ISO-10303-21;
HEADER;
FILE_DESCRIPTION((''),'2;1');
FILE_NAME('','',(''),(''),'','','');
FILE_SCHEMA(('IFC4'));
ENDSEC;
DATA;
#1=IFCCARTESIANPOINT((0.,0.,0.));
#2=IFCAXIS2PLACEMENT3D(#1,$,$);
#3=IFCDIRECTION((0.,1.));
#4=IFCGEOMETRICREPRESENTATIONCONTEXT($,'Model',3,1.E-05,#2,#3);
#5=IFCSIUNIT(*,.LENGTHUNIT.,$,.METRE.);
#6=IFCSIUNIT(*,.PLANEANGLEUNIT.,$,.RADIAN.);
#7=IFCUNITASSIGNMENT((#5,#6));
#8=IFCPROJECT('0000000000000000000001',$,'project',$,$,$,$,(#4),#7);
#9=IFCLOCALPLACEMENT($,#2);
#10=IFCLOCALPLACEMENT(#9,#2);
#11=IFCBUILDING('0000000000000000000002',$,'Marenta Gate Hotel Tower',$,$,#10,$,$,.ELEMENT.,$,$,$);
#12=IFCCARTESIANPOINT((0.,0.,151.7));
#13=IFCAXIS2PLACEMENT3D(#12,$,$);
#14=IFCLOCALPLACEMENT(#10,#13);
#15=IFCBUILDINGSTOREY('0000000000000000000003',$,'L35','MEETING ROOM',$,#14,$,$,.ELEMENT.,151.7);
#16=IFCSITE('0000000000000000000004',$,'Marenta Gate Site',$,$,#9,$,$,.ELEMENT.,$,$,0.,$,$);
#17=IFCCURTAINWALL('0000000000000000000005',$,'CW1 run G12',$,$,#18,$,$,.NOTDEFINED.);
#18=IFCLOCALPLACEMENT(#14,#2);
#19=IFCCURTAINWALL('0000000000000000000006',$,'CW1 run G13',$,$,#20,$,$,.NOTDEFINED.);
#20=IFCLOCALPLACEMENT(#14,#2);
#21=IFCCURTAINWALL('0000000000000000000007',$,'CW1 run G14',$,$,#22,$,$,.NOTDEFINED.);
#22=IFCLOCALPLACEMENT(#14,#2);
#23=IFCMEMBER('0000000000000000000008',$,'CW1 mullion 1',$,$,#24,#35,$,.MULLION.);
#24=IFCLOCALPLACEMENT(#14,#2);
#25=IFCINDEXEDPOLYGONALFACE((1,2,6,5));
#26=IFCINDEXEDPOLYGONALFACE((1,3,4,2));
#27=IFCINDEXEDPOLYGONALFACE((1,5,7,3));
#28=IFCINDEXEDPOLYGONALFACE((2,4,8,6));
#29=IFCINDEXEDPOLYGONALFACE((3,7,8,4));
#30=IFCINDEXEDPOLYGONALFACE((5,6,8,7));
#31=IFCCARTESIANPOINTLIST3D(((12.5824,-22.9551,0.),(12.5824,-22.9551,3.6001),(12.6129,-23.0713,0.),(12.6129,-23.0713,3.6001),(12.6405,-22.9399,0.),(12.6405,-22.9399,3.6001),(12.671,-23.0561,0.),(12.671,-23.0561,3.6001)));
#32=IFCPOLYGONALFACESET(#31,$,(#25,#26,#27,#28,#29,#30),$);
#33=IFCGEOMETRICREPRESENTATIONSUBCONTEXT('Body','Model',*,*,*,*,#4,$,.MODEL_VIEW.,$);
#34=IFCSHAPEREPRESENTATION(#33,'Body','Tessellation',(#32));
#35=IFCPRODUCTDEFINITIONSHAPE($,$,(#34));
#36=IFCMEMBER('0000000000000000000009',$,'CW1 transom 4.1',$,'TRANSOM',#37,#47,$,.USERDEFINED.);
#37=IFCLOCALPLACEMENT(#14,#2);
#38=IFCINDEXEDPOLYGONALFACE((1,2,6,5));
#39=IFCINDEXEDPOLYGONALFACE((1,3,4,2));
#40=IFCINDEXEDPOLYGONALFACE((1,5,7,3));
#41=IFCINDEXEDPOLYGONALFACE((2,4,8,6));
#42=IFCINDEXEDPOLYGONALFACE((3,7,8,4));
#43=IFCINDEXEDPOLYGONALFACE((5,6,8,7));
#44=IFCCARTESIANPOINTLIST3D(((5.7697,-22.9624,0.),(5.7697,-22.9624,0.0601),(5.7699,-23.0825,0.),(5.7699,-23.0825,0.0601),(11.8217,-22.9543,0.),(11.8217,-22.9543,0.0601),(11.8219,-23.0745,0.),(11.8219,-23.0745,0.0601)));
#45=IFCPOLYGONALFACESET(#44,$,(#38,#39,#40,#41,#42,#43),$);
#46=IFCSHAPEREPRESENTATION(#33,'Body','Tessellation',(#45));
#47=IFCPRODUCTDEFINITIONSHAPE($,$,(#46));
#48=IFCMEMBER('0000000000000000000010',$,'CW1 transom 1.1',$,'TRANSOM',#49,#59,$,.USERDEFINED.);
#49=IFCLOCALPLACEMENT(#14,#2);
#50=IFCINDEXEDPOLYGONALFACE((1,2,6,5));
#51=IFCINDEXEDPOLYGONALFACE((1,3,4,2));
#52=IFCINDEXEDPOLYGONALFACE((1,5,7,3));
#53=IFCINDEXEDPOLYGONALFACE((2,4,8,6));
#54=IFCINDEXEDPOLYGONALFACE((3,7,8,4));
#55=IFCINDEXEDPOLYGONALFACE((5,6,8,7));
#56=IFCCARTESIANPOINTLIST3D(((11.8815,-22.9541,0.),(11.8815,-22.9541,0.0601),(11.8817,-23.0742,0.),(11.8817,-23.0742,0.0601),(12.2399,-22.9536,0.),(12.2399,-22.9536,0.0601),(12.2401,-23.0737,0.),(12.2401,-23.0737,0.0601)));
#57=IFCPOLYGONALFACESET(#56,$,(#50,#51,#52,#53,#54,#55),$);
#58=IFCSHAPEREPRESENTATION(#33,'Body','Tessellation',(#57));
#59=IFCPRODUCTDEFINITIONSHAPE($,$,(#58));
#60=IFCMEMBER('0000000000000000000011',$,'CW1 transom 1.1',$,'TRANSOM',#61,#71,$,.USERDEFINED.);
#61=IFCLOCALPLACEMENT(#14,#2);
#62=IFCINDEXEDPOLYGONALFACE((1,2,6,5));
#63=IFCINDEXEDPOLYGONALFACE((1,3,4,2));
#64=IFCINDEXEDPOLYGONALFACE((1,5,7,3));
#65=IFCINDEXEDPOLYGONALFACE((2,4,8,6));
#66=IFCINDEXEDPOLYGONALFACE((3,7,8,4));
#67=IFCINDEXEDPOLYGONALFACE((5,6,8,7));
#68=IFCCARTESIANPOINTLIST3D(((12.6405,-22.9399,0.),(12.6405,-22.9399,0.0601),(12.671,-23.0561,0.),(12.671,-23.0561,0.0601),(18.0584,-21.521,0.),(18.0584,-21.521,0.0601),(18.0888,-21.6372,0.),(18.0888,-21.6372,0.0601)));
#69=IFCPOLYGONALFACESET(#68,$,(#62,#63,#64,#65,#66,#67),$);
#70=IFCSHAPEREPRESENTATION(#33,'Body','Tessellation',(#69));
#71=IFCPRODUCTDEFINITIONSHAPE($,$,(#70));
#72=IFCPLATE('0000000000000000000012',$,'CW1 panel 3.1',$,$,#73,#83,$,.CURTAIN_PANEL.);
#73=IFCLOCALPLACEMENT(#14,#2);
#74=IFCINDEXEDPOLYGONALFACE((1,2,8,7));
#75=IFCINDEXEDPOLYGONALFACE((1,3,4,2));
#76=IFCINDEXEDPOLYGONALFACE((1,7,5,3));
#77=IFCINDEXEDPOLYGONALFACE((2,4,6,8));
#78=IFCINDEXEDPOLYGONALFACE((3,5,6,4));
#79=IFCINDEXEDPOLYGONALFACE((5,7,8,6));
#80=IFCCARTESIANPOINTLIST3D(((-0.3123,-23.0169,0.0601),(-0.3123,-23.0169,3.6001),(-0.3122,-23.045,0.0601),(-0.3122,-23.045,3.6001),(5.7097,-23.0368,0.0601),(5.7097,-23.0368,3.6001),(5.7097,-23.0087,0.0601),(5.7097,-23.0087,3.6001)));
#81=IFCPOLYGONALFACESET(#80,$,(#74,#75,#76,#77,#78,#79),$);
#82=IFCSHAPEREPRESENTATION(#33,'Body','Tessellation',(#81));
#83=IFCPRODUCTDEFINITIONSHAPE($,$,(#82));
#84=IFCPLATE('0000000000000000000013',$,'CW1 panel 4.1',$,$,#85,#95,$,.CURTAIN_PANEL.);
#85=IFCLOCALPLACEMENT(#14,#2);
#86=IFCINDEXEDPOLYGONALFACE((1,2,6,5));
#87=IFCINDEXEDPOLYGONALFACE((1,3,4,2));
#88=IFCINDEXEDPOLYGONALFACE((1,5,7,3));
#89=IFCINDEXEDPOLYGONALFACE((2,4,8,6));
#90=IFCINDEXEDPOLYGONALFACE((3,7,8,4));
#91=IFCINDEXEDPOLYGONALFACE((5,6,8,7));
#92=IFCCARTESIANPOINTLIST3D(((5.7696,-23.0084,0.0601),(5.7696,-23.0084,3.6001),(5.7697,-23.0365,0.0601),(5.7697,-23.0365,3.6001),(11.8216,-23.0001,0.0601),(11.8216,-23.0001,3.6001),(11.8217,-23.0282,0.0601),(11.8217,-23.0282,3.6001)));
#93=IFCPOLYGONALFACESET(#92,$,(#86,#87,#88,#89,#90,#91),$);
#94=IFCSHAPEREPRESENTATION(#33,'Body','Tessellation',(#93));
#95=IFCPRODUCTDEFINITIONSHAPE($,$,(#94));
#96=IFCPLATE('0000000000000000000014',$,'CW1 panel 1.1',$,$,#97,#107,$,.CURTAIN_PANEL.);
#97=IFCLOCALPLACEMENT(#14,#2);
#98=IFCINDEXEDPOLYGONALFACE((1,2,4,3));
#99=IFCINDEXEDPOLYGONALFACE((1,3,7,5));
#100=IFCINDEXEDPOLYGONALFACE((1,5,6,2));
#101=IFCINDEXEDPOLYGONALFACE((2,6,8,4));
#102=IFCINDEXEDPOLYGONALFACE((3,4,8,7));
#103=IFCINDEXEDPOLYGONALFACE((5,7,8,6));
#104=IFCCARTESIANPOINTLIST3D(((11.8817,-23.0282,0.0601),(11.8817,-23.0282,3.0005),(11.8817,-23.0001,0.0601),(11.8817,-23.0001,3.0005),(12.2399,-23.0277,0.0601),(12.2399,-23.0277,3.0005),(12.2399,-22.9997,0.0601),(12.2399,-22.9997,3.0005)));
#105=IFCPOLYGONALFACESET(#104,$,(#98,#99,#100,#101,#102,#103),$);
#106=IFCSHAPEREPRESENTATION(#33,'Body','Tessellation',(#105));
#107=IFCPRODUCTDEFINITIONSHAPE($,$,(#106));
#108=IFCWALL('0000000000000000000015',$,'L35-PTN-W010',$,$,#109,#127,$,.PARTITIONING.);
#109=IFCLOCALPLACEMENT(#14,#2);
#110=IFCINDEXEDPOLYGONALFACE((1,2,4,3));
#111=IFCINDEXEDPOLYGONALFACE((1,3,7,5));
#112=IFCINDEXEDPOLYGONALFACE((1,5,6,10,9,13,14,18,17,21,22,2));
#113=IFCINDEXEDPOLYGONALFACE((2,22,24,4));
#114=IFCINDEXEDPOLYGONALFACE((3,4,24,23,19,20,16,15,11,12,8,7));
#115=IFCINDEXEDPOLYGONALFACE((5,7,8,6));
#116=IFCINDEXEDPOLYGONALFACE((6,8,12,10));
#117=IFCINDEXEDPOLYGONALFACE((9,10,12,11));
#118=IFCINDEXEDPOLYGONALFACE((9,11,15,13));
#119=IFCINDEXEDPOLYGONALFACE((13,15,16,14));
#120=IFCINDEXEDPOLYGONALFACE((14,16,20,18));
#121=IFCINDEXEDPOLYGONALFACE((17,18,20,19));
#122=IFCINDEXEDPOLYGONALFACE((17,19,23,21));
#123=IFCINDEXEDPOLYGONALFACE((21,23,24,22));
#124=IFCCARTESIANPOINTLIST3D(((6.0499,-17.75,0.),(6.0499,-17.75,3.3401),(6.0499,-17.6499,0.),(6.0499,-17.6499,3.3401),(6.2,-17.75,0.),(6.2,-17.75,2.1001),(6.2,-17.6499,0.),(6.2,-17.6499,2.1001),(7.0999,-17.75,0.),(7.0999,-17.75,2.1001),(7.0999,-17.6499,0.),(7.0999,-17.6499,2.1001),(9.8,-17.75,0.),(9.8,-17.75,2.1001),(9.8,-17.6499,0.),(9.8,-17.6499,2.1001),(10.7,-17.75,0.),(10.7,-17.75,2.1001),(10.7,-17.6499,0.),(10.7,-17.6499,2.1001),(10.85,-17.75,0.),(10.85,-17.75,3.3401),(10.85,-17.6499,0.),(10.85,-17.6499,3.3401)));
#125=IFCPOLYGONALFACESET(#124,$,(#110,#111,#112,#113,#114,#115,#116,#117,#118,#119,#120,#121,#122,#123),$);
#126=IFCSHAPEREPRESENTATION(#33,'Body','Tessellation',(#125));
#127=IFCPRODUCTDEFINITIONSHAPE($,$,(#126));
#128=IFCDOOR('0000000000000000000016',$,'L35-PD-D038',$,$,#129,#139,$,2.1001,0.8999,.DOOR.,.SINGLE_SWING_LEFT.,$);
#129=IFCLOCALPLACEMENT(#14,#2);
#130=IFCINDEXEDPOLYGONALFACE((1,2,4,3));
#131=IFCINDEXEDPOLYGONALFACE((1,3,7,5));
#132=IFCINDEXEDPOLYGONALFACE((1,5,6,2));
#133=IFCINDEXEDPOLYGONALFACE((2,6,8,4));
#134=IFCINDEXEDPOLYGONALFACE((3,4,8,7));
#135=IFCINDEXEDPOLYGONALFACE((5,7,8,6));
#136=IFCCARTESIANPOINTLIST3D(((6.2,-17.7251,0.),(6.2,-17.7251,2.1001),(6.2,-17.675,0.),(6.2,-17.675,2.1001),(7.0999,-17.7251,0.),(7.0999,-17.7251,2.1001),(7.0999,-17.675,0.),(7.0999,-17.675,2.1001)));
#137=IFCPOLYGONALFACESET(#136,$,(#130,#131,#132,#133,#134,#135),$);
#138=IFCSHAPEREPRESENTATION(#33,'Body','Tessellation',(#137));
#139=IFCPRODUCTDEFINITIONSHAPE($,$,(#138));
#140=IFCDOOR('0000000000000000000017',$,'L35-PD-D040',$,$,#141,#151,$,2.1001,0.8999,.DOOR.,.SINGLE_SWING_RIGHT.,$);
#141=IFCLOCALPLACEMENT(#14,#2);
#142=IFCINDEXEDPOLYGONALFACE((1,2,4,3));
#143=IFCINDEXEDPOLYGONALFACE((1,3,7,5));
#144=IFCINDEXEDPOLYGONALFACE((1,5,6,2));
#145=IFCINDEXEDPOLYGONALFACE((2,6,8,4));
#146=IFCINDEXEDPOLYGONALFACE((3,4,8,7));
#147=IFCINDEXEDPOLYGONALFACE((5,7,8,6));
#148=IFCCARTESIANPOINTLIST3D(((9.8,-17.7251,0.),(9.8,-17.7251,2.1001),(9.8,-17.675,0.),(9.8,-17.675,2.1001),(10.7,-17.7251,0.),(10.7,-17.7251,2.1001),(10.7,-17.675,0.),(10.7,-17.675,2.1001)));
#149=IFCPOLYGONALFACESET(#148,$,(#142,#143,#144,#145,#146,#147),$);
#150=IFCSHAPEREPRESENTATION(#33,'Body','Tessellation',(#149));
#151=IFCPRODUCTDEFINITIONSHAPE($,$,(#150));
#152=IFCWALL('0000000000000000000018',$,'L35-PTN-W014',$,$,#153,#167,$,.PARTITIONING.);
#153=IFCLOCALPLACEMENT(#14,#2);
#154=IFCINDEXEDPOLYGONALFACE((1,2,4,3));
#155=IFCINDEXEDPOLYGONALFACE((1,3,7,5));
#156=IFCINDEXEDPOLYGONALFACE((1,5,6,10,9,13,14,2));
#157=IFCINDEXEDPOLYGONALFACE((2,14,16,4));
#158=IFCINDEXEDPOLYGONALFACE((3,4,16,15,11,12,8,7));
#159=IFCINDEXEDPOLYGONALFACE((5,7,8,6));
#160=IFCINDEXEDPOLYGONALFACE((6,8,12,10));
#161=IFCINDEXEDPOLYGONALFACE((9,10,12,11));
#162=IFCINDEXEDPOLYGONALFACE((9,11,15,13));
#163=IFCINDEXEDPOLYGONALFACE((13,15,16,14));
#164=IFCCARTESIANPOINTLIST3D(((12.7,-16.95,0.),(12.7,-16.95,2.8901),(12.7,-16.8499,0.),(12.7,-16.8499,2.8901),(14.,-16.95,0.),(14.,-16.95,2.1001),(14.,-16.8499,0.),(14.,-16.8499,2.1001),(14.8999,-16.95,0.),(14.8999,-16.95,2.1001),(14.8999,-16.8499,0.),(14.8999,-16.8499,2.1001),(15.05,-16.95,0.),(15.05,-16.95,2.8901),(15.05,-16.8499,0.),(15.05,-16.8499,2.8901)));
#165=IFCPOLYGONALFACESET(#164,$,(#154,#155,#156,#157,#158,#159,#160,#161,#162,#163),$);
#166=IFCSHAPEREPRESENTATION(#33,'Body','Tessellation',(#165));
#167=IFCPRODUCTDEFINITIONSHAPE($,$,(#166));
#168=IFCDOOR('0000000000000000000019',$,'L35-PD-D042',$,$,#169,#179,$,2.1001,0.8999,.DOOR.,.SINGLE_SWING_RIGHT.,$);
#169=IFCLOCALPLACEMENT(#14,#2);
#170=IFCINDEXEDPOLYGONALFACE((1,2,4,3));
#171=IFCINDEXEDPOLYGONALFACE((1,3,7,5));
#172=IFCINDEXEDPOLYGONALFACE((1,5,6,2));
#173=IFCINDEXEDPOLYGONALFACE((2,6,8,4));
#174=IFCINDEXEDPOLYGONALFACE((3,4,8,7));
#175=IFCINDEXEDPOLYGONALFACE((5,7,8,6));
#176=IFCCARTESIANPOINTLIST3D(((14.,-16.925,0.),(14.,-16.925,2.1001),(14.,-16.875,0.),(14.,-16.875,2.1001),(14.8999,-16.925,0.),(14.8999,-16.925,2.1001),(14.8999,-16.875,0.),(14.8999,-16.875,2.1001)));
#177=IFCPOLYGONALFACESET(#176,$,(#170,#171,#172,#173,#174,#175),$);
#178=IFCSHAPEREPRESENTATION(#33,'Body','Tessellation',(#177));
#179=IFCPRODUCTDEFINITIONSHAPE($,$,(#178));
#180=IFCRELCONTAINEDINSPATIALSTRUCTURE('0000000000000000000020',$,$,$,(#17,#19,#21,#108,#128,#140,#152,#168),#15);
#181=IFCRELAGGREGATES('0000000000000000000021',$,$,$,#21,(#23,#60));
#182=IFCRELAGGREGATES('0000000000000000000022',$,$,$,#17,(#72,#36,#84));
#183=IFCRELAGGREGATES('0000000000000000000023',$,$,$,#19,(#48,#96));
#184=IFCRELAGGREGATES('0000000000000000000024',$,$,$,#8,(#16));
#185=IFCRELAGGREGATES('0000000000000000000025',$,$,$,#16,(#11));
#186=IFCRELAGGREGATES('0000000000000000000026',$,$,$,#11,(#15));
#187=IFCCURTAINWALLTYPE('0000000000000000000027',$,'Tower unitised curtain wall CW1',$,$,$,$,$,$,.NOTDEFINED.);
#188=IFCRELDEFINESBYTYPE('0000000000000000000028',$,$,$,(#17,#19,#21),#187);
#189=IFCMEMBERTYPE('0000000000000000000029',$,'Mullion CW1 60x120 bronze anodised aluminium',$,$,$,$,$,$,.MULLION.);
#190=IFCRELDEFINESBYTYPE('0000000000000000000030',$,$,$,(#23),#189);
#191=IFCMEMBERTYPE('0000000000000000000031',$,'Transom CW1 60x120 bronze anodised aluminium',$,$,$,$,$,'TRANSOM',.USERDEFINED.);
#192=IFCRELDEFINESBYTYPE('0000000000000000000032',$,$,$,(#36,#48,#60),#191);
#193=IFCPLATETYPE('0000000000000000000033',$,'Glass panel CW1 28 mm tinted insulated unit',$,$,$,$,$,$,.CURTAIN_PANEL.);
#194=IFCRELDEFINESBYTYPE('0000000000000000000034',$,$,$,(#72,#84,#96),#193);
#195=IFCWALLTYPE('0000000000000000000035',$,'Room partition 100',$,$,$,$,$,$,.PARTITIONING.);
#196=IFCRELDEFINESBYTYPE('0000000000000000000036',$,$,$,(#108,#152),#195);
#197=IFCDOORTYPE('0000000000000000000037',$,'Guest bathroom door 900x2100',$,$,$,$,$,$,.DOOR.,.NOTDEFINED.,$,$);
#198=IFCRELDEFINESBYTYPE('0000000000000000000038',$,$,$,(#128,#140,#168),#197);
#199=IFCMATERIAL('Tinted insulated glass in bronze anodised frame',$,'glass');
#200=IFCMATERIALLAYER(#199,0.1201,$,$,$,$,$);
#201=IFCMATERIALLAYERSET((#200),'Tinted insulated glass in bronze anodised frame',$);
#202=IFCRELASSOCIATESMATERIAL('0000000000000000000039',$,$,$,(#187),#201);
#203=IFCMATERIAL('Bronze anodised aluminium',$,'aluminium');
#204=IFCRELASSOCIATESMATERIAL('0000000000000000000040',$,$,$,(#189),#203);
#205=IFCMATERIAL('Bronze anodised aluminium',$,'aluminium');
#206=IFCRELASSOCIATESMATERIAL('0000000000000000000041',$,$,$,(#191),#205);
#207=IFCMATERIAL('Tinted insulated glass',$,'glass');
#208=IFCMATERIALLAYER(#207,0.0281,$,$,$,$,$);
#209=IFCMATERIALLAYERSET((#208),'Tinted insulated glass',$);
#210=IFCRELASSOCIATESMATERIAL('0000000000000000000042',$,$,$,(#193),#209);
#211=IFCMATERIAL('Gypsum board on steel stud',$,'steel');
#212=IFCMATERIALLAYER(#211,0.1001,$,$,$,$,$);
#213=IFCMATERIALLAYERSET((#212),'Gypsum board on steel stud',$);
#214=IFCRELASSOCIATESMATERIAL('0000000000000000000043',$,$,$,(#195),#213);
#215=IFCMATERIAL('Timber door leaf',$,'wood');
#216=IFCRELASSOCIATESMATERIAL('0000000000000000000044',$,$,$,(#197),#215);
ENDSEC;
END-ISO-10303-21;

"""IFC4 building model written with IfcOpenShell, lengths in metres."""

from ifc_helpers import new_model, si_unit, direction, frame, frame_2d, origin, origin_2d, place, context, subcontext, project, spatial, rectangle, extrude, material, layer, layer_set, material_profile, profile_set, type_object, element, fill, aggregate, save


model = new_model("IFC4")

# Units and contexts
model_context = context("Model", 3, precision=1e-05, world=origin(), true_north=direction((0.0, 1.0)))
body_context = subcontext(model_context, "Body", "Model", "MODEL_VIEW")
ifc_project = project(units=[si_unit("LENGTHUNIT", "METRE"), si_unit("PLANEANGLEUNIT", "RADIAN")], contexts=[model_context])

# Site, building, storey
site_placement = place(None, origin())
site = spatial("IfcSite", under=ifc_project, at=site_placement, Name="Marenta Gate Site", CompositionType="ELEMENT", RefElevation=0.0)
building_placement = place(site_placement, origin())
building = spatial("IfcBuilding", under=site, at=building_placement, Name="Marenta Gate Hotel Tower", CompositionType="ELEMENT")
storey_placement = place(building_placement, frame((0.0, 0.0, 151.7)))
storey = spatial("IfcBuildingStorey", under=building, at=storey_placement, Name="L35", Description="MEETING ROOM", CompositionType="ELEMENT", Elevation=151.7)

# Curtain wall
ifc_material_1 = material(Name="Tinted insulated glass in bronze anodised frame", Category="glass")
ifc_layer_1 = layer(ifc_material_1, 0.1201)
ifc_layer_set_1 = layer_set([ifc_layer_1], Name="Tinted insulated glass in bronze anodised frame")
curtain_wall_type = type_object("IfcCurtainWallType", Name="Tower unitised curtain wall CW1", PredefinedType="NOTDEFINED", material=ifc_layer_set_1)
curtain_wall_1_placement = place(storey_placement, origin())
curtain_wall_1 = element("IfcCurtainWall", 1, at=curtain_wall_1_placement, inside=storey, type_object=curtain_wall_type, Name="CW1 run G12", PredefinedType="NOTDEFINED")
ifc_material_2 = material(Name="Bronze anodised aluminium", Category="aluminium")
ifc_material_profile_1 = material_profile(ifc_material_2, rectangle(XDim=0.1201, YDim=0.0601, at=origin_2d()), Name="Mullion CW1 60x120 bronze anodised aluminium")
ifc_profile_set_1 = profile_set([ifc_material_profile_1], Name="Bronze anodised aluminium")
member_type_1 = type_object("IfcMemberType", Name="Mullion CW1 60x120 bronze anodised aluminium", PredefinedType="MULLION", material=ifc_profile_set_1)

# Curtain wall
curtain_wall_2_placement = place(storey_placement, origin())
curtain_wall_2 = element("IfcCurtainWall", 2, at=curtain_wall_2_placement, inside=storey, type_object=curtain_wall_type, Name="CW1 run G13", PredefinedType="NOTDEFINED")

# Curtain wall, member
curtain_wall_3_placement = place(storey_placement, origin())
curtain_wall_3 = element("IfcCurtainWall", 3, at=curtain_wall_3_placement, inside=storey, type_object=curtain_wall_type, Name="CW1 run G14", PredefinedType="NOTDEFINED")
member_1_placement = place(storey_placement, frame((12.6267, -23.0056, 0.0), z_axis=(0.0, 0.0, 1.0), x_axis=(-0.253374, 0.967368, 0.0)))
member_1 = element("IfcMember", 4, at=member_1_placement, type_object=member_type_1, Name="CW1 mullion 1", PredefinedType="MULLION", context=body_context, shape_type="SweptSolid", body=[
    extrude(rectangle(XDim=0.1201, YDim=0.0601, at=origin_2d()), origin(), (0.0, 0.0, 1.0), 3.6001),
])

# Members
ifc_material_3 = material(Name="Bronze anodised aluminium", Category="aluminium")
ifc_material_profile_2 = material_profile(ifc_material_3, rectangle(XDim=0.1201, YDim=0.0601, at=origin_2d()), Name="Transom CW1 60x120 bronze anodised aluminium")
ifc_profile_set_2 = profile_set([ifc_material_profile_2], Name="Bronze anodised aluminium")
member_type_2 = type_object("IfcMemberType", Name="Transom CW1 60x120 bronze anodised aluminium", ElementType="TRANSOM", PredefinedType="USERDEFINED", material=ifc_profile_set_2)
member_2_placement = place(storey_placement, frame((5.7698, -23.0225, 0.03), z_axis=(0.999999, 0.001331, 0.0), x_axis=(-0.001331, 0.999999, 0.0)))
member_2 = element("IfcMember", 5, at=member_2_placement, type_object=member_type_2, Name="CW1 transom 4.1", ObjectType="TRANSOM", PredefinedType="USERDEFINED", context=body_context, shape_type="SweptSolid", body=[
    extrude(rectangle(XDim=0.1201, YDim=0.0601, at=origin_2d()), origin(), (0.0, 0.0, 1.0), 6.052),
])
member_3_placement = place(storey_placement, frame((11.8816, -23.0142, 0.03), z_axis=(0.999999, 0.001362, 0.0), x_axis=(-0.001362, 0.999999, 0.0)))
member_3 = element("IfcMember", 6, at=member_3_placement, type_object=member_type_2, Name="CW1 transom 1.1", ObjectType="TRANSOM", PredefinedType="USERDEFINED", context=body_context, shape_type="SweptSolid", body=[
    extrude(rectangle(XDim=0.1201, YDim=0.0601, at=origin_2d()), origin(), (0.0, 0.0, 1.0), 0.3584),
])
member_4_placement = place(storey_placement, frame((12.6558, -22.998, 0.03), z_axis=(0.967374, 0.253352, 0.0), x_axis=(-0.253352, 0.967374, 0.0)))
member_4 = element("IfcMember", 7, at=member_4_placement, type_object=member_type_2, Name="CW1 transom 1.1", ObjectType="TRANSOM", PredefinedType="USERDEFINED", context=body_context, shape_type="SweptSolid", body=[
    extrude(rectangle(XDim=0.1201, YDim=0.0601, at=origin_2d()), origin(), (0.0, 0.0, 1.0), 5.6006),
])
aggregate(curtain_wall_3, [member_1, member_4])

# Plates
ifc_material_4 = material(Name="Tinted insulated glass", Category="glass")
ifc_layer_2 = layer(ifc_material_4, 0.0281)
ifc_layer_set_2 = layer_set([ifc_layer_2], Name="Tinted insulated glass")
plate_type = type_object("IfcPlateType", Name="Glass panel CW1 28 mm tinted insulated unit", PredefinedType="CURTAIN_PANEL", material=ifc_layer_set_2)
plate_1_placement = place(storey_placement, frame((2.6987, -23.0269, 0.0601), z_axis=(0.0, 0.0, 1.0), x_axis=(0.999999, 0.001365, 0.0)))
plate_1 = element("IfcPlate", 8, at=plate_1_placement, type_object=plate_type, Name="CW1 panel 3.1", PredefinedType="CURTAIN_PANEL", context=body_context, shape_type="SweptSolid", body=[
    extrude(rectangle(XDim=6.022, YDim=0.0281, at=origin_2d()), origin(), (0.0, 0.0, 1.0), 3.54),
])
plate_2_placement = place(storey_placement, frame((8.7957, -23.0183, 0.0601), z_axis=(0.0, 0.0, 1.0), x_axis=(0.999999, 0.001365, 0.0)))
plate_2 = element("IfcPlate", 9, at=plate_2_placement, type_object=plate_type, Name="CW1 panel 4.1", PredefinedType="CURTAIN_PANEL", context=body_context, shape_type="SweptSolid", body=[
    extrude(rectangle(XDim=6.052, YDim=0.0281, at=origin_2d()), origin(), (0.0, 0.0, 1.0), 3.54),
])
aggregate(curtain_wall_1, [plate_1, member_2, plate_2])
plate_3_placement = place(storey_placement, frame((12.0608, -23.0139, 0.0601), z_axis=(0.0, 0.0, 1.0), x_axis=(0.999999, 0.001255, 0.0)))
plate_3 = element("IfcPlate", 10, at=plate_3_placement, type_object=plate_type, Name="CW1 panel 1.1", PredefinedType="CURTAIN_PANEL", context=body_context, shape_type="SweptSolid", body=[
    extrude(rectangle(XDim=0.3582, YDim=0.0281, at=origin_2d()), origin(), (0.0, 0.0, 1.0), 2.9404),
])
aggregate(curtain_wall_2, [member_3, plate_3])

# Wall, openings, doors
ifc_material_5 = material(Name="Gypsum board on steel stud", Category="steel")
ifc_layer_3 = layer(ifc_material_5, 0.1001)
ifc_layer_set_3 = layer_set([ifc_layer_3], Name="Gypsum board on steel stud")
wall_type_1 = type_object("IfcWallType", Name="Room partition 100", PredefinedType="PARTITIONING", material=ifc_layer_set_3)
wall_1_placement = place(storey_placement, frame((6.05, -17.7, 0.0), z_axis=(0.0, 0.0, 1.0), x_axis=(1.0, 0.0, 0.0)))
wall_1 = element("IfcWall", 11, at=wall_1_placement, inside=storey, type_object=wall_type_1, Name="L35-PTN-W010", PredefinedType="PARTITIONING", context=body_context, shape_type="SweptSolid", body=[
    extrude(rectangle(XDim=4.8, YDim=0.1001, at=frame_2d((2.3999, 0.0))), origin(), (0.0, 0.0, 1.0), 3.3401),
])
opening_1_placement = place(wall_1_placement, frame((0.1499, 0.0, 0.0)))
opening_1 = element("IfcOpeningElement", 12, at=opening_1_placement, cuts=wall_1, PredefinedType="OPENING", context=body_context, shape_type="SweptSolid", body=[
    extrude(rectangle(XDim=0.8999, YDim=2.1001, at=frame_2d((0.45, 1.05))), frame((0.0, 0.05, 0.0), z_axis=(0.0, -1.0, 0.0), x_axis=(1.0, 0.0, 0.0)), (0.0, 0.0, 1.0), 0.1001),
])
opening_2_placement = place(wall_1_placement, frame((3.75, 0.0, 0.0)))
opening_2 = element("IfcOpeningElement", 13, at=opening_2_placement, cuts=wall_1, PredefinedType="OPENING", context=body_context, shape_type="SweptSolid", body=[
    extrude(rectangle(XDim=0.8999, YDim=2.1001, at=frame_2d((0.45, 1.05))), frame((0.0, 0.05, 0.0), z_axis=(0.0, -1.0, 0.0), x_axis=(1.0, 0.0, 0.0)), (0.0, 0.0, 1.0), 0.1001),
])
ifc_material_6 = material(Name="Timber door leaf", Category="wood")
door_type = type_object("IfcDoorType", Name="Guest bathroom door 900x2100", OperationType="NOTDEFINED", PredefinedType="DOOR", material=ifc_material_6)
door_1_placement = place(opening_1_placement, origin())
door_1 = element("IfcDoor", 14, at=door_1_placement, inside=storey, type_object=door_type, Name="L35-PD-D038", OperationType="SINGLE_SWING_LEFT", OverallHeight=2.1001, OverallWidth=0.8999, PredefinedType="DOOR", context=body_context, shape_type="SweptSolid", body=[
    extrude(rectangle(XDim=0.8999, YDim=2.1001, at=frame_2d((0.45, 1.05))), frame((0.0, 0.0249, 0.0), z_axis=(0.0, -1.0, 0.0), x_axis=(1.0, 0.0, 0.0)), (0.0, 0.0, 1.0), 0.05),
])
fill(opening_1, door_1)
door_2_placement = place(opening_2_placement, origin())
door_2 = element("IfcDoor", 15, at=door_2_placement, inside=storey, type_object=door_type, Name="L35-PD-D040", OperationType="SINGLE_SWING_RIGHT", OverallHeight=2.1001, OverallWidth=0.8999, PredefinedType="DOOR", context=body_context, shape_type="SweptSolid", body=[
    extrude(rectangle(XDim=0.8999, YDim=2.1001, at=frame_2d((0.45, 1.05))), frame((0.0, 0.0249, 0.0), z_axis=(0.0, -1.0, 0.0), x_axis=(1.0, 0.0, 0.0)), (0.0, 0.0, 1.0), 0.05),
])
fill(opening_2, door_2)

# Wall, opening, door
wall_2_placement = place(storey_placement, frame((12.7, -16.8999, 0.0), z_axis=(0.0, 0.0, 1.0), x_axis=(1.0, 0.0, 0.0)))
wall_2 = element("IfcWall", 16, at=wall_2_placement, inside=storey, type_object=wall_type_1, Name="L35-PTN-W014", PredefinedType="PARTITIONING", context=body_context, shape_type="SweptSolid", body=[
    extrude(rectangle(XDim=2.3501, YDim=0.1001, at=frame_2d((1.175, 0.0))), origin(), (0.0, 0.0, 1.0), 2.8901),
])
opening_3_placement = place(wall_2_placement, frame((1.3, 0.0, 0.0)))
opening_3 = element("IfcOpeningElement", 17, at=opening_3_placement, cuts=wall_2, PredefinedType="OPENING", context=body_context, shape_type="SweptSolid", body=[
    extrude(rectangle(XDim=0.8999, YDim=2.1001, at=frame_2d((0.45, 1.05))), frame((0.0, 0.05, 0.0), z_axis=(0.0, -1.0, 0.0), x_axis=(1.0, 0.0, 0.0)), (0.0, 0.0, 1.0), 0.1001),
])
door_3_placement = place(opening_3_placement, origin())
door_3 = element("IfcDoor", 18, at=door_3_placement, inside=storey, type_object=door_type, Name="L35-PD-D042", OperationType="SINGLE_SWING_RIGHT", OverallHeight=2.1001, OverallWidth=0.8999, PredefinedType="DOOR", context=body_context, shape_type="SweptSolid", body=[
    extrude(rectangle(XDim=0.8999, YDim=2.1001, at=frame_2d((0.45, 1.05))), frame((0.0, 0.0249, 0.0), z_axis=(0.0, -1.0, 0.0), x_axis=(1.0, 0.0, 0.0)), (0.0, 0.0, 1.0), 0.05),
])
fill(opening_3, door_3)

save(model, "model.ifc")
